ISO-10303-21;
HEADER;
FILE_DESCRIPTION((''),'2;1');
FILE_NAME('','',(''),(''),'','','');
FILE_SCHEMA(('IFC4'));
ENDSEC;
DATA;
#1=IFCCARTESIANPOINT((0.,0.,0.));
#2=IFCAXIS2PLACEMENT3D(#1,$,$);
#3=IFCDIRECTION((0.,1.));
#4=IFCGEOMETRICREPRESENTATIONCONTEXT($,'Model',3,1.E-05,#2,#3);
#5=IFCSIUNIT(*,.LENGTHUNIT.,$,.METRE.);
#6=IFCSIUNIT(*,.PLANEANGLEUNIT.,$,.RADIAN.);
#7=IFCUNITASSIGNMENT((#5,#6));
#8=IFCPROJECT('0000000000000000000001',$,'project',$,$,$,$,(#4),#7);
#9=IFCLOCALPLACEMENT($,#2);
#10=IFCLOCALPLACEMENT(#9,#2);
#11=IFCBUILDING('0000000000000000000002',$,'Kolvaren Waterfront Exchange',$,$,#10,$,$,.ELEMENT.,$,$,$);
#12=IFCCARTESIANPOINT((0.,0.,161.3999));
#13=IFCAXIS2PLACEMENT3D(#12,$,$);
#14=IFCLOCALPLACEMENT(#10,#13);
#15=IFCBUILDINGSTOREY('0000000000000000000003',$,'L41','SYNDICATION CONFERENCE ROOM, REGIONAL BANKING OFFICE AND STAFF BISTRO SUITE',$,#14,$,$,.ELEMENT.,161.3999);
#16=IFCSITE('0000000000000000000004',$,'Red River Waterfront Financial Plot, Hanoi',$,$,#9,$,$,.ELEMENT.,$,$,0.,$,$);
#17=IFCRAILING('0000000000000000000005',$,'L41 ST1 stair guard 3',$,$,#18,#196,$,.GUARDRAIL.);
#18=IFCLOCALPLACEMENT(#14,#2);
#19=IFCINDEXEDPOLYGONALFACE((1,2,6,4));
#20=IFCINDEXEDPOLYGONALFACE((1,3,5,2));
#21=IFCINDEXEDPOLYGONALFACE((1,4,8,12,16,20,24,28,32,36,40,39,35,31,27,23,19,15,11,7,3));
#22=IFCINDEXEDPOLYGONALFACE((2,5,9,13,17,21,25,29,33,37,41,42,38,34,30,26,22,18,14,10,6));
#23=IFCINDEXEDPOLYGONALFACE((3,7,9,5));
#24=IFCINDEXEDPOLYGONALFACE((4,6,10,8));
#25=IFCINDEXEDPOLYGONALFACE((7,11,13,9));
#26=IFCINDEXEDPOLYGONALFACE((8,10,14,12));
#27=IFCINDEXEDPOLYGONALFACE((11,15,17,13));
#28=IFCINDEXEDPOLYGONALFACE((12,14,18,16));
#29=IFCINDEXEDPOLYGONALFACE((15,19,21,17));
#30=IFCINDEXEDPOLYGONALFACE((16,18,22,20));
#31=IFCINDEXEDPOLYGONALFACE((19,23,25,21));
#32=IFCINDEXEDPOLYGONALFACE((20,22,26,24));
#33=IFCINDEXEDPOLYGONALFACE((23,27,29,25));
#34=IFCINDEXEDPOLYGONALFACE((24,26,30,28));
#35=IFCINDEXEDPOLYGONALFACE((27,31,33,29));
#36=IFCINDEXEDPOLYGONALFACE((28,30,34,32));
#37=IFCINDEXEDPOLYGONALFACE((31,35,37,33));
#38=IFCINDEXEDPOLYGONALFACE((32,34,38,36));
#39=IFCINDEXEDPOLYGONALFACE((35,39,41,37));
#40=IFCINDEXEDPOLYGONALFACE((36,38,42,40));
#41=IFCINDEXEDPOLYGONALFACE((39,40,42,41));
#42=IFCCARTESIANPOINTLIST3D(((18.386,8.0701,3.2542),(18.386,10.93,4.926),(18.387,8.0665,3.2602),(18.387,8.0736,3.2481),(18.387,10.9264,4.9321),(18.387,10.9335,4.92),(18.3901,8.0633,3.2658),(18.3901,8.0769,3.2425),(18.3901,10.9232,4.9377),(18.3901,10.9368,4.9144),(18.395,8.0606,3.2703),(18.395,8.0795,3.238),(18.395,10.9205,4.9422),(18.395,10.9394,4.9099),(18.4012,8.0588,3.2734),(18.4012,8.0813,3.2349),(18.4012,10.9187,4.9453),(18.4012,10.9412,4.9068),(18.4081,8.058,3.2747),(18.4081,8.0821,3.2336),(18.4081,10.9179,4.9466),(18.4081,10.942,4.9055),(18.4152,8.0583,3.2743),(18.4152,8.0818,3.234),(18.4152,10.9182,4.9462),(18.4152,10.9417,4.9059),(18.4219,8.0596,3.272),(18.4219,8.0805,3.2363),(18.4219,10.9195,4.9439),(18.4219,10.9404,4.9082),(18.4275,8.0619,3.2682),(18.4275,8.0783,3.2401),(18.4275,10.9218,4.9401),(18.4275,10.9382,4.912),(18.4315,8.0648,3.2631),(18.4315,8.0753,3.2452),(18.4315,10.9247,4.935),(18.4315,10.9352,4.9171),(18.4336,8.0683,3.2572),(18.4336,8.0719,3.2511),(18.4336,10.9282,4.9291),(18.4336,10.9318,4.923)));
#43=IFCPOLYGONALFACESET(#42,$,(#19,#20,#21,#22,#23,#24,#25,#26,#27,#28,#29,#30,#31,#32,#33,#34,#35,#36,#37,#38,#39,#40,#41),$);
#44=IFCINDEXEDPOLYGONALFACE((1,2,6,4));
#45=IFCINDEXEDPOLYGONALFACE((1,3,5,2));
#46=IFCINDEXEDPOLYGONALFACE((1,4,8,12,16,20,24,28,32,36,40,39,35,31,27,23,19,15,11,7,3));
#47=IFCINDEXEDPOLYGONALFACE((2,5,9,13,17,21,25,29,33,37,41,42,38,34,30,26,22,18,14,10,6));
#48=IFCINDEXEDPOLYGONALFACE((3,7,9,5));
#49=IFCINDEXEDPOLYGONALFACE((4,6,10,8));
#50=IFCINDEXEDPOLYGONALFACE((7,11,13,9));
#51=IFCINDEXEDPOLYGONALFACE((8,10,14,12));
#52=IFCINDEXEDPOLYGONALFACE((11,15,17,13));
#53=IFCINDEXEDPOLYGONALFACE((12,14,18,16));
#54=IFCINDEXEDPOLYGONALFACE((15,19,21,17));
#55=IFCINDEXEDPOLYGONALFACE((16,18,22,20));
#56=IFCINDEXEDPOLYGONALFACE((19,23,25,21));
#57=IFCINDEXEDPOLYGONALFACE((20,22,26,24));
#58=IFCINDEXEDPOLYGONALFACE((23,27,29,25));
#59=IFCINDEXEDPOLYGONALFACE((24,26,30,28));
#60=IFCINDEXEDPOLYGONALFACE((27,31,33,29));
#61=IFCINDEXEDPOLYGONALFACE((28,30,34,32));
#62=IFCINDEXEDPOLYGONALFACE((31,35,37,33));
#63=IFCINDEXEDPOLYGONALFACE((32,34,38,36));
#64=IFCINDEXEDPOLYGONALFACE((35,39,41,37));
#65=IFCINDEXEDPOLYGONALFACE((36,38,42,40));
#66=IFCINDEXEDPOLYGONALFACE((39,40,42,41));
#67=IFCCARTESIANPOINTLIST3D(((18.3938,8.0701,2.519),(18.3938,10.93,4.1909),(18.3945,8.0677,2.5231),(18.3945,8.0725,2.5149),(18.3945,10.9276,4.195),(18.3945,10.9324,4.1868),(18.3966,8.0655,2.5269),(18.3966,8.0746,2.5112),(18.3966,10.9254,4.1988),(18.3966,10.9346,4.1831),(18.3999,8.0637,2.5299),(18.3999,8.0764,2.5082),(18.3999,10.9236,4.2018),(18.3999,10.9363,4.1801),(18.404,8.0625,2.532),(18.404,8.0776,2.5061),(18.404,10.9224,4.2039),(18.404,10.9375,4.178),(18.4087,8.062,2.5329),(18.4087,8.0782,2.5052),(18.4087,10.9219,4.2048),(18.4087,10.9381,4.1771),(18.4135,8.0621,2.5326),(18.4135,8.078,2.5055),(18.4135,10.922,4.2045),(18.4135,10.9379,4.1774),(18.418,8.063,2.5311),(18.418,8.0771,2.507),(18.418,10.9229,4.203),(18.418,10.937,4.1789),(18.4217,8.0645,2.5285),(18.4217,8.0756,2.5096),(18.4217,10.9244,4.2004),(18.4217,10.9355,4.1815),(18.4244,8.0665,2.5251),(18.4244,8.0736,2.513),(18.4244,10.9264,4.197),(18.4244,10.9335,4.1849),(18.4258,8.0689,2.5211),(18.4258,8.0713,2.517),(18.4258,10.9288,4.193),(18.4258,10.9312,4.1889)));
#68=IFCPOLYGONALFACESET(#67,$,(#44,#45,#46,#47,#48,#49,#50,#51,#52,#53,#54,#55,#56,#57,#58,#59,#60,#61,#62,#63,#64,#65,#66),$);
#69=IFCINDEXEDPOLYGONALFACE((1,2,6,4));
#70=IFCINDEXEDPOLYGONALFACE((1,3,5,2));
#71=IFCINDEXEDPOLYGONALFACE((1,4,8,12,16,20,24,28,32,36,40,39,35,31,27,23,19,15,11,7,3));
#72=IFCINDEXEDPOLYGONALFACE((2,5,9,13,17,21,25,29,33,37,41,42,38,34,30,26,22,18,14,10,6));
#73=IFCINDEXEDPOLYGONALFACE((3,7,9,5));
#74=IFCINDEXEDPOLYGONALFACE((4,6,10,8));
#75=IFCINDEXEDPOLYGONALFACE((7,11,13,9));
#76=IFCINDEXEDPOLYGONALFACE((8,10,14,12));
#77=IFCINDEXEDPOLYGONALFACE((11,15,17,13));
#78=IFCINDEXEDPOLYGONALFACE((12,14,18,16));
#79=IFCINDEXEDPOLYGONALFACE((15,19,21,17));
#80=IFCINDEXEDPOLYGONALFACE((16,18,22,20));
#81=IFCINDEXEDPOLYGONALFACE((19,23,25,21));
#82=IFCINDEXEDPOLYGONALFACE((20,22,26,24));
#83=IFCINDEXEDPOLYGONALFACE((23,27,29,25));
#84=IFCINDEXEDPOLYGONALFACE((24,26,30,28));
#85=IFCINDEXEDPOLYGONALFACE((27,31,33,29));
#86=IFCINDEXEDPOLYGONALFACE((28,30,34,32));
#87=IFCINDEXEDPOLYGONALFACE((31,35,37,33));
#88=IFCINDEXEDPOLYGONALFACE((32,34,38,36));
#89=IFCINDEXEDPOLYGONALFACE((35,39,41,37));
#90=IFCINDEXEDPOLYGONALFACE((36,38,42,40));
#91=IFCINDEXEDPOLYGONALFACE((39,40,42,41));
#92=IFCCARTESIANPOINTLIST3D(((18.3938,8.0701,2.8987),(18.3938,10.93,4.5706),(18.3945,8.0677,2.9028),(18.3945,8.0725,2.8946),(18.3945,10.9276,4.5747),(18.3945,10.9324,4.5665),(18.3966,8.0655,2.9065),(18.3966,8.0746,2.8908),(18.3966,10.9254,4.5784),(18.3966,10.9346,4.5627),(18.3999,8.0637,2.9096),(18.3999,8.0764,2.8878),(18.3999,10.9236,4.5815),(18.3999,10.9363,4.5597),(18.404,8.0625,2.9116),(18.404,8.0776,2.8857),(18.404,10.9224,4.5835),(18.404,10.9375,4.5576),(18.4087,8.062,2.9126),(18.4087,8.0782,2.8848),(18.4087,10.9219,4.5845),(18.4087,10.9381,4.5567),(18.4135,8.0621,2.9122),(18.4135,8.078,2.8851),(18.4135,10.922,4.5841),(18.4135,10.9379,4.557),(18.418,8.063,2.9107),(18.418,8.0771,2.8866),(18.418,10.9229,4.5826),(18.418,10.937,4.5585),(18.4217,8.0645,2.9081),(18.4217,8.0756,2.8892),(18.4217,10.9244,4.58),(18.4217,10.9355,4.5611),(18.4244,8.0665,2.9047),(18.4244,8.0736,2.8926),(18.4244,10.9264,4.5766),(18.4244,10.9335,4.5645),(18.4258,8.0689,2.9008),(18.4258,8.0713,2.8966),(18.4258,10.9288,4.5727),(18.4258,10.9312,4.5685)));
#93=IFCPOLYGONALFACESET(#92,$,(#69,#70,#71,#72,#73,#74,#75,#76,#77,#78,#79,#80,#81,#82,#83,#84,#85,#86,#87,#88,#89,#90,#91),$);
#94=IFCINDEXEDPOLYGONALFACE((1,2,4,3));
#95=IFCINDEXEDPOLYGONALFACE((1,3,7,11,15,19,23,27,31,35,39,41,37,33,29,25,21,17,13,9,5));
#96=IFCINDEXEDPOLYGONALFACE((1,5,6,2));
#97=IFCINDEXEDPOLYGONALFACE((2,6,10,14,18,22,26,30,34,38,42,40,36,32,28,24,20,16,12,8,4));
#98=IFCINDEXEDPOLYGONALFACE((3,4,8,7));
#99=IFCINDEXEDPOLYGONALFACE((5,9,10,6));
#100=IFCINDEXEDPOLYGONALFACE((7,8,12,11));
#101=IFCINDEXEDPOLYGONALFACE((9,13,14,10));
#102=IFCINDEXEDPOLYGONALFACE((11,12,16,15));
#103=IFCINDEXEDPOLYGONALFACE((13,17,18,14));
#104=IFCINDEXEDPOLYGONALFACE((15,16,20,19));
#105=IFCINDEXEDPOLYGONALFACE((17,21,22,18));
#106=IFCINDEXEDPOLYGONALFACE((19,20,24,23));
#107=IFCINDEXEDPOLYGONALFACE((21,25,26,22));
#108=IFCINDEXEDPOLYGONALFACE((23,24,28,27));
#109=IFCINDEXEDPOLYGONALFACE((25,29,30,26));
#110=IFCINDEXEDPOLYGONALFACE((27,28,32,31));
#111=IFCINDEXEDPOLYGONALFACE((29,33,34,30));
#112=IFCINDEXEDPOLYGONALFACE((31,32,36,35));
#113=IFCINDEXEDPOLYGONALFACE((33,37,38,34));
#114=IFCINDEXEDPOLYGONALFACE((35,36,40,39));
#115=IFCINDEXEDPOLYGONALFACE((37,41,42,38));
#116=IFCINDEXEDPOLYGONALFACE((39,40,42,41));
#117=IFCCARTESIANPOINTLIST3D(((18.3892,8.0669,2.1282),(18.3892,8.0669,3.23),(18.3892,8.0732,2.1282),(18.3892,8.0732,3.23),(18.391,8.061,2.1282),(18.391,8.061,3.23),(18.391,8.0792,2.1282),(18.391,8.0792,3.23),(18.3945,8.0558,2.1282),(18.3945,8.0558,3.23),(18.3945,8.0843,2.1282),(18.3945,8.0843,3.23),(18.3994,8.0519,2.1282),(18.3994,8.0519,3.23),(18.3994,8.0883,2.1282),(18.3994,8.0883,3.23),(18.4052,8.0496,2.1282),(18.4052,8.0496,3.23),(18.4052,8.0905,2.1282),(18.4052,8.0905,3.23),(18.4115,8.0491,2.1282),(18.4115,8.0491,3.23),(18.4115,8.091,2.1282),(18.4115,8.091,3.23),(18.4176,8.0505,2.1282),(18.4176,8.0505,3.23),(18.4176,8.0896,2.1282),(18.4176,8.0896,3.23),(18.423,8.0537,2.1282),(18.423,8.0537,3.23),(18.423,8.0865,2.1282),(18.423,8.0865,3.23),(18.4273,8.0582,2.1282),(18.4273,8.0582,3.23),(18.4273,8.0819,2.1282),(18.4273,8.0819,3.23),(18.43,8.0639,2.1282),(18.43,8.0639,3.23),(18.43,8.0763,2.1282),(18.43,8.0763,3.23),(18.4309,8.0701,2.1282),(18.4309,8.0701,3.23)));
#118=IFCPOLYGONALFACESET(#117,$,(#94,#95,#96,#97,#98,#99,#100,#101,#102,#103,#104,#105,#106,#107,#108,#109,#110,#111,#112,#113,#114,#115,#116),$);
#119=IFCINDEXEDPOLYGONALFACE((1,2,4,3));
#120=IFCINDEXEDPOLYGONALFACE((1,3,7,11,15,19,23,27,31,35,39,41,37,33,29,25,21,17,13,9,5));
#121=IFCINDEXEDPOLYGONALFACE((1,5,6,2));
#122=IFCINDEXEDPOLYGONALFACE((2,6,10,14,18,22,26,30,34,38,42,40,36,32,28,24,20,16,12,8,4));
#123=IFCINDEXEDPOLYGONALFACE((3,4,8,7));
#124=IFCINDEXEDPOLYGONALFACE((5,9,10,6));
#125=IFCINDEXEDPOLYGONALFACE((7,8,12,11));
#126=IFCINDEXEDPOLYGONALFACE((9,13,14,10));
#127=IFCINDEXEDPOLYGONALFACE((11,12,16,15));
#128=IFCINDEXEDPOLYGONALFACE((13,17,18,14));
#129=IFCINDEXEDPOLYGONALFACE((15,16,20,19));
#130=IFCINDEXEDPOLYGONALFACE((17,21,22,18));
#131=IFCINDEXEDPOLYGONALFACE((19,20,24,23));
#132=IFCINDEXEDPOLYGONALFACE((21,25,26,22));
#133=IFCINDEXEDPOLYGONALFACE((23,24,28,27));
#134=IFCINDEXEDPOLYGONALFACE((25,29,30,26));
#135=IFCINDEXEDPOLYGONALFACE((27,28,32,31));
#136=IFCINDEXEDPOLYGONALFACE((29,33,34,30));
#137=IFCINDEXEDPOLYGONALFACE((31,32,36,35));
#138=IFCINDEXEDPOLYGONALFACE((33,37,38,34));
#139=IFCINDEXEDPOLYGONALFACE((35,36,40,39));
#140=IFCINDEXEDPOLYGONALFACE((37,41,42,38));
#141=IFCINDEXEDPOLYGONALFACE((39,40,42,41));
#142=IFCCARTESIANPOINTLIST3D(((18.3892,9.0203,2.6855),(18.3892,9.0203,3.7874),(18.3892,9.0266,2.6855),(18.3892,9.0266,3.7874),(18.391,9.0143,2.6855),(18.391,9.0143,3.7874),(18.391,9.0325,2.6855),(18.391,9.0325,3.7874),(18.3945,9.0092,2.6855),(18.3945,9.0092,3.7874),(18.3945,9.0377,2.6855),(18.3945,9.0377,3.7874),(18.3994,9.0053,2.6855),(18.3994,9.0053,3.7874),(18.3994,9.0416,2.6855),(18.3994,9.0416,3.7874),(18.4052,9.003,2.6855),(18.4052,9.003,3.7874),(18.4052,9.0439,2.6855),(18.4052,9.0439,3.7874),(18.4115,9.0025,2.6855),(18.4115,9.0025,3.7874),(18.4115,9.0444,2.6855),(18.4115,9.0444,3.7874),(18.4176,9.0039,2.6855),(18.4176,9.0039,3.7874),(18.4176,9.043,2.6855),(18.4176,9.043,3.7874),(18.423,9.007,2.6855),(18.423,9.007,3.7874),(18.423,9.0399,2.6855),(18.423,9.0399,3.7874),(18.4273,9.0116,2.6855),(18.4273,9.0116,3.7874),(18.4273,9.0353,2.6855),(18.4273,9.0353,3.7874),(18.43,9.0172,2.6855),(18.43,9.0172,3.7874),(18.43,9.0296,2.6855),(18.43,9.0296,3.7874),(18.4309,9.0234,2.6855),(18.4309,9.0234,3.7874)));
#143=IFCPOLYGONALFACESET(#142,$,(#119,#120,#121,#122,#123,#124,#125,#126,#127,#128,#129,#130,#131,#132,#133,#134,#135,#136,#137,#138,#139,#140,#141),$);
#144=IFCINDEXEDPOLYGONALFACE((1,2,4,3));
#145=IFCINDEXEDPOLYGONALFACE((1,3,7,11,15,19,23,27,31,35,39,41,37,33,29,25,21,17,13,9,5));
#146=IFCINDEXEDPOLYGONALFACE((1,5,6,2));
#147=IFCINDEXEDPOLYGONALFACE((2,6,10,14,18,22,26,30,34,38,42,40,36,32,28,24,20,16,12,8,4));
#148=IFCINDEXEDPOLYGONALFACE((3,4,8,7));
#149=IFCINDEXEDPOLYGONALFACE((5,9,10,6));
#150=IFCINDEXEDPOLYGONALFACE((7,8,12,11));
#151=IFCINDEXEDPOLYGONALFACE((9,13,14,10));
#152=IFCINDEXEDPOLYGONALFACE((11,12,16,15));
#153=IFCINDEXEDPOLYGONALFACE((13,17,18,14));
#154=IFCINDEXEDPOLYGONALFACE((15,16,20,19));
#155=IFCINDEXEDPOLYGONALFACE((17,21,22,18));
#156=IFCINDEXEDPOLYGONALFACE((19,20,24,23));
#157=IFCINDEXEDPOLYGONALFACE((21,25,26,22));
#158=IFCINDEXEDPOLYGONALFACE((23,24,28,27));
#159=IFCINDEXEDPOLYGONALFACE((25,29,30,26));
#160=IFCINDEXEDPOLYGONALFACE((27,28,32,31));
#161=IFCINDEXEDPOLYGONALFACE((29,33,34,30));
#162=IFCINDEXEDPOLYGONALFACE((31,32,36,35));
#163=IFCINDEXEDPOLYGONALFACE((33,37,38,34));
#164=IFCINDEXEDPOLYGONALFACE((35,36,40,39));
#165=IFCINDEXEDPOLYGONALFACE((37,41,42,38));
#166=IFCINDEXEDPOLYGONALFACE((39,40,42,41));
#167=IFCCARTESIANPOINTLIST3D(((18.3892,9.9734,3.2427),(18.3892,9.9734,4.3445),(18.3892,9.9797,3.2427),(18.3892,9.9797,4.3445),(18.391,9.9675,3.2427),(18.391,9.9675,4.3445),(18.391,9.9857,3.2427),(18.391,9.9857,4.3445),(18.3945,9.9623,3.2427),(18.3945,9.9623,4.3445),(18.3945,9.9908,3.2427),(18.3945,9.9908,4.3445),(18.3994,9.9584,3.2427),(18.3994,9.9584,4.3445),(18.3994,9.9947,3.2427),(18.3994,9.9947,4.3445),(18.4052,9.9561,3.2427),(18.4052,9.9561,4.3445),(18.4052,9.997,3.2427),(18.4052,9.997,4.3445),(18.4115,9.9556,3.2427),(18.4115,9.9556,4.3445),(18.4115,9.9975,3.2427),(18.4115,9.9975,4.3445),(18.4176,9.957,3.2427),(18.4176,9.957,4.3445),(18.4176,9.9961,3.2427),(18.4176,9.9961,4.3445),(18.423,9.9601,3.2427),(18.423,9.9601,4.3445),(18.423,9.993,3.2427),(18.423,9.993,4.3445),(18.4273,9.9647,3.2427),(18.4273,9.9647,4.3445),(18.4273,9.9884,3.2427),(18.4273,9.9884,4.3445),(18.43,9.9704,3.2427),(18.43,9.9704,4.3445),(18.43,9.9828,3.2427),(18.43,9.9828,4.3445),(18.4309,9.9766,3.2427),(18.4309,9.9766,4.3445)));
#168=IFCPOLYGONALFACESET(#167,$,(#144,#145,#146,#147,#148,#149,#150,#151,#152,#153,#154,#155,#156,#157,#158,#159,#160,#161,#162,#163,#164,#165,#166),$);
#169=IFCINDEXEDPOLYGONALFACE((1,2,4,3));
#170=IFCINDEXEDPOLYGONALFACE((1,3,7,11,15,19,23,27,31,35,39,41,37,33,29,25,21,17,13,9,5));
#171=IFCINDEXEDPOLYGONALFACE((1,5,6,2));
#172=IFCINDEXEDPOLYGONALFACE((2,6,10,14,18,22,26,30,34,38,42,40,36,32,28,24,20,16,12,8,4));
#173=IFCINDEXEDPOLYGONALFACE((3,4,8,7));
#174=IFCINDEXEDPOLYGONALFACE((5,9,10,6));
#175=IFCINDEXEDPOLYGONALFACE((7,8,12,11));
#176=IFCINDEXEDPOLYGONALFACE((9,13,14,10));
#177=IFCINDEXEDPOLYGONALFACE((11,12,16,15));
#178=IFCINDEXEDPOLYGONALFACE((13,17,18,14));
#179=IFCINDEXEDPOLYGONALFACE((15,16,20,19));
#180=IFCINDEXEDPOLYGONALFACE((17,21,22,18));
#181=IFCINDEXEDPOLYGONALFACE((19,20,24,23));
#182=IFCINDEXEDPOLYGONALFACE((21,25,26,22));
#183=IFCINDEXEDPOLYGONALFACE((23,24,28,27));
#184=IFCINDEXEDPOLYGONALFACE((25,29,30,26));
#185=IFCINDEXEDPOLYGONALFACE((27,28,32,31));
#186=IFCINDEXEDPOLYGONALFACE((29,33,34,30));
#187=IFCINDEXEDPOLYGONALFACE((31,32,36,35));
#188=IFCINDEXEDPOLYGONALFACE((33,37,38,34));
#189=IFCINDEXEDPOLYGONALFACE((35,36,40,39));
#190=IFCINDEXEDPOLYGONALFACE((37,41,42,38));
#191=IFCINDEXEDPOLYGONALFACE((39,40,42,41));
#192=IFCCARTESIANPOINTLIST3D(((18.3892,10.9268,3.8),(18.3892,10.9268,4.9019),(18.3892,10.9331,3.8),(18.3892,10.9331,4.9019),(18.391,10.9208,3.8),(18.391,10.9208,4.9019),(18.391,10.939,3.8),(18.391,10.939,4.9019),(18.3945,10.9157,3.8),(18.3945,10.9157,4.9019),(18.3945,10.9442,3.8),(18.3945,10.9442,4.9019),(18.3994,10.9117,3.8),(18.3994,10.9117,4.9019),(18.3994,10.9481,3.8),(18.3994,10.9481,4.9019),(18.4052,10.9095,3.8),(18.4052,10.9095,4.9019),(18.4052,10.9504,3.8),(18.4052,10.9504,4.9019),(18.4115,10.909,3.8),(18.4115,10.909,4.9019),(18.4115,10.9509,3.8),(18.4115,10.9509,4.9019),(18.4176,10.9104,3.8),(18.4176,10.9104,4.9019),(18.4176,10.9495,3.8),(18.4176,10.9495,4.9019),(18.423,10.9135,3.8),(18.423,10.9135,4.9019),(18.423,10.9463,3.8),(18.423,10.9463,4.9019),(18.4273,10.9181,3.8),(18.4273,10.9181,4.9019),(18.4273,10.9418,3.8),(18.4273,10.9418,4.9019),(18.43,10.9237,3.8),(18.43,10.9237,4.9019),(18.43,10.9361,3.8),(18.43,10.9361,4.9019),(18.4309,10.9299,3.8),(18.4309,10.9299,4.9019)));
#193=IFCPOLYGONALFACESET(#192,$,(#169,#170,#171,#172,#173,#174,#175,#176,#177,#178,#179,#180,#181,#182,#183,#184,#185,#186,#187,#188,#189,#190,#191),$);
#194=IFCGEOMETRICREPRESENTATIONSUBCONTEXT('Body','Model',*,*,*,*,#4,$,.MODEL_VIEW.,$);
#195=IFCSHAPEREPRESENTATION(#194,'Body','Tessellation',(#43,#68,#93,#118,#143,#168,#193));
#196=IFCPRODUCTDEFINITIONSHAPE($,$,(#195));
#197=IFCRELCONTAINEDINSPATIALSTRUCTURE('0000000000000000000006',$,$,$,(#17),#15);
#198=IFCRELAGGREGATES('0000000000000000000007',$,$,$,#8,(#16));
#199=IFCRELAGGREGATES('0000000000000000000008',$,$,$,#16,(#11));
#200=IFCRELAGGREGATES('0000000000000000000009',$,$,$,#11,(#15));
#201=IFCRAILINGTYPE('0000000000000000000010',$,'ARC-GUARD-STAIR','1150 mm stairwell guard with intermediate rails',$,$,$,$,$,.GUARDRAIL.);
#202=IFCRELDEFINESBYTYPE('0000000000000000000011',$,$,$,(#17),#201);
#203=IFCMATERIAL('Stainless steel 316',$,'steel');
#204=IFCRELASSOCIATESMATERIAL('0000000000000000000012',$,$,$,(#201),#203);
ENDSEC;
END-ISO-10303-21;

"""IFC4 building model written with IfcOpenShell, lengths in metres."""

from ifc_helpers import new_model, si_unit, direction, frame, origin, origin_2d, place, context, subcontext, project, spatial, circle, extrude, material, type_object, element, save


model = new_model("IFC4")

# Units and contexts
model_context = context("Model", 3, precision=1e-05, world=origin(), true_north=direction((0.0, 1.0)))
body_context = subcontext(model_context, "Body", "Model", "MODEL_VIEW")
ifc_project = project(units=[si_unit("LENGTHUNIT", "METRE"), si_unit("PLANEANGLEUNIT", "RADIAN")], contexts=[model_context])

# Site, building, storey
site_placement = place(None, origin())
site = spatial("IfcSite", under=ifc_project, at=site_placement, Name="Red River Waterfront Financial Plot, Hanoi", CompositionType="ELEMENT", RefElevation=0.0)
building_placement = place(site_placement, origin())
building = spatial("IfcBuilding", under=site, at=building_placement, Name="Kolvaren Waterfront Exchange", CompositionType="ELEMENT")
storey_placement = place(building_placement, frame((0.0, 0.0, 161.3999)))
storey = spatial("IfcBuildingStorey", under=building, at=storey_placement, Name="L41", Description="SYNDICATION CONFERENCE ROOM, REGIONAL BANKING OFFICE AND STAFF BISTRO SUITE", CompositionType="ELEMENT", Elevation=161.3999)

# Railing
ifc_material_1 = material(Name="Stainless steel 316", Category="steel")
railing_type_1 = type_object("IfcRailingType", Name="ARC-GUARD-STAIR", Description="1150 mm stairwell guard with intermediate rails", PredefinedType="GUARDRAIL", material=ifc_material_1)
railing_1_placement = place(storey_placement, frame((18.4099, 8.0701, 2.1282)))
element("IfcRailing", 1, at=railing_1_placement, inside=storey, type_object=railing_type_1, Name="L41 ST1 stair guard 3", PredefinedType="GUARDRAIL", context=body_context, shape_type="SweptSolid", body=[
    extrude(circle(Radius=0.0239, at=origin_2d()), frame((0.0, 0.0, 1.126), z_axis=(0.0, 0.863303, 0.504686), x_axis=(-1.0, 0.0, 0.0)), (0.0, 0.0, 1.0), 3.3127),
    extrude(circle(Radius=0.0161, at=origin_2d()), frame((0.0, 0.0, 0.3909), z_axis=(0.0, 0.863303, 0.504686), x_axis=(-1.0, 0.0, 0.0)), (0.0, 0.0, 1.0), 3.3127),
    extrude(circle(Radius=0.0161, at=origin_2d()), frame((0.0, 0.0, 0.7705), z_axis=(0.0, 0.863303, 0.504686), x_axis=(-1.0, 0.0, 0.0)), (0.0, 0.0, 1.0), 3.3127),
    extrude(circle(Radius=0.021, at=origin_2d()), origin(), (0.0, 0.0, 1.0), 1.1018),
    extrude(circle(Radius=0.021, at=origin_2d()), frame((0.0, 0.9534, 0.5574)), (0.0, 0.0, 1.0), 1.1018),
    extrude(circle(Radius=0.021, at=origin_2d()), frame((0.0, 1.9065, 1.1145)), (0.0, 0.0, 1.0), 1.1018),
    extrude(circle(Radius=0.021, at=origin_2d()), frame((0.0, 2.8599, 1.6719)), (0.0, 0.0, 1.0), 1.1018),
])

save(model, "model.ifc")
